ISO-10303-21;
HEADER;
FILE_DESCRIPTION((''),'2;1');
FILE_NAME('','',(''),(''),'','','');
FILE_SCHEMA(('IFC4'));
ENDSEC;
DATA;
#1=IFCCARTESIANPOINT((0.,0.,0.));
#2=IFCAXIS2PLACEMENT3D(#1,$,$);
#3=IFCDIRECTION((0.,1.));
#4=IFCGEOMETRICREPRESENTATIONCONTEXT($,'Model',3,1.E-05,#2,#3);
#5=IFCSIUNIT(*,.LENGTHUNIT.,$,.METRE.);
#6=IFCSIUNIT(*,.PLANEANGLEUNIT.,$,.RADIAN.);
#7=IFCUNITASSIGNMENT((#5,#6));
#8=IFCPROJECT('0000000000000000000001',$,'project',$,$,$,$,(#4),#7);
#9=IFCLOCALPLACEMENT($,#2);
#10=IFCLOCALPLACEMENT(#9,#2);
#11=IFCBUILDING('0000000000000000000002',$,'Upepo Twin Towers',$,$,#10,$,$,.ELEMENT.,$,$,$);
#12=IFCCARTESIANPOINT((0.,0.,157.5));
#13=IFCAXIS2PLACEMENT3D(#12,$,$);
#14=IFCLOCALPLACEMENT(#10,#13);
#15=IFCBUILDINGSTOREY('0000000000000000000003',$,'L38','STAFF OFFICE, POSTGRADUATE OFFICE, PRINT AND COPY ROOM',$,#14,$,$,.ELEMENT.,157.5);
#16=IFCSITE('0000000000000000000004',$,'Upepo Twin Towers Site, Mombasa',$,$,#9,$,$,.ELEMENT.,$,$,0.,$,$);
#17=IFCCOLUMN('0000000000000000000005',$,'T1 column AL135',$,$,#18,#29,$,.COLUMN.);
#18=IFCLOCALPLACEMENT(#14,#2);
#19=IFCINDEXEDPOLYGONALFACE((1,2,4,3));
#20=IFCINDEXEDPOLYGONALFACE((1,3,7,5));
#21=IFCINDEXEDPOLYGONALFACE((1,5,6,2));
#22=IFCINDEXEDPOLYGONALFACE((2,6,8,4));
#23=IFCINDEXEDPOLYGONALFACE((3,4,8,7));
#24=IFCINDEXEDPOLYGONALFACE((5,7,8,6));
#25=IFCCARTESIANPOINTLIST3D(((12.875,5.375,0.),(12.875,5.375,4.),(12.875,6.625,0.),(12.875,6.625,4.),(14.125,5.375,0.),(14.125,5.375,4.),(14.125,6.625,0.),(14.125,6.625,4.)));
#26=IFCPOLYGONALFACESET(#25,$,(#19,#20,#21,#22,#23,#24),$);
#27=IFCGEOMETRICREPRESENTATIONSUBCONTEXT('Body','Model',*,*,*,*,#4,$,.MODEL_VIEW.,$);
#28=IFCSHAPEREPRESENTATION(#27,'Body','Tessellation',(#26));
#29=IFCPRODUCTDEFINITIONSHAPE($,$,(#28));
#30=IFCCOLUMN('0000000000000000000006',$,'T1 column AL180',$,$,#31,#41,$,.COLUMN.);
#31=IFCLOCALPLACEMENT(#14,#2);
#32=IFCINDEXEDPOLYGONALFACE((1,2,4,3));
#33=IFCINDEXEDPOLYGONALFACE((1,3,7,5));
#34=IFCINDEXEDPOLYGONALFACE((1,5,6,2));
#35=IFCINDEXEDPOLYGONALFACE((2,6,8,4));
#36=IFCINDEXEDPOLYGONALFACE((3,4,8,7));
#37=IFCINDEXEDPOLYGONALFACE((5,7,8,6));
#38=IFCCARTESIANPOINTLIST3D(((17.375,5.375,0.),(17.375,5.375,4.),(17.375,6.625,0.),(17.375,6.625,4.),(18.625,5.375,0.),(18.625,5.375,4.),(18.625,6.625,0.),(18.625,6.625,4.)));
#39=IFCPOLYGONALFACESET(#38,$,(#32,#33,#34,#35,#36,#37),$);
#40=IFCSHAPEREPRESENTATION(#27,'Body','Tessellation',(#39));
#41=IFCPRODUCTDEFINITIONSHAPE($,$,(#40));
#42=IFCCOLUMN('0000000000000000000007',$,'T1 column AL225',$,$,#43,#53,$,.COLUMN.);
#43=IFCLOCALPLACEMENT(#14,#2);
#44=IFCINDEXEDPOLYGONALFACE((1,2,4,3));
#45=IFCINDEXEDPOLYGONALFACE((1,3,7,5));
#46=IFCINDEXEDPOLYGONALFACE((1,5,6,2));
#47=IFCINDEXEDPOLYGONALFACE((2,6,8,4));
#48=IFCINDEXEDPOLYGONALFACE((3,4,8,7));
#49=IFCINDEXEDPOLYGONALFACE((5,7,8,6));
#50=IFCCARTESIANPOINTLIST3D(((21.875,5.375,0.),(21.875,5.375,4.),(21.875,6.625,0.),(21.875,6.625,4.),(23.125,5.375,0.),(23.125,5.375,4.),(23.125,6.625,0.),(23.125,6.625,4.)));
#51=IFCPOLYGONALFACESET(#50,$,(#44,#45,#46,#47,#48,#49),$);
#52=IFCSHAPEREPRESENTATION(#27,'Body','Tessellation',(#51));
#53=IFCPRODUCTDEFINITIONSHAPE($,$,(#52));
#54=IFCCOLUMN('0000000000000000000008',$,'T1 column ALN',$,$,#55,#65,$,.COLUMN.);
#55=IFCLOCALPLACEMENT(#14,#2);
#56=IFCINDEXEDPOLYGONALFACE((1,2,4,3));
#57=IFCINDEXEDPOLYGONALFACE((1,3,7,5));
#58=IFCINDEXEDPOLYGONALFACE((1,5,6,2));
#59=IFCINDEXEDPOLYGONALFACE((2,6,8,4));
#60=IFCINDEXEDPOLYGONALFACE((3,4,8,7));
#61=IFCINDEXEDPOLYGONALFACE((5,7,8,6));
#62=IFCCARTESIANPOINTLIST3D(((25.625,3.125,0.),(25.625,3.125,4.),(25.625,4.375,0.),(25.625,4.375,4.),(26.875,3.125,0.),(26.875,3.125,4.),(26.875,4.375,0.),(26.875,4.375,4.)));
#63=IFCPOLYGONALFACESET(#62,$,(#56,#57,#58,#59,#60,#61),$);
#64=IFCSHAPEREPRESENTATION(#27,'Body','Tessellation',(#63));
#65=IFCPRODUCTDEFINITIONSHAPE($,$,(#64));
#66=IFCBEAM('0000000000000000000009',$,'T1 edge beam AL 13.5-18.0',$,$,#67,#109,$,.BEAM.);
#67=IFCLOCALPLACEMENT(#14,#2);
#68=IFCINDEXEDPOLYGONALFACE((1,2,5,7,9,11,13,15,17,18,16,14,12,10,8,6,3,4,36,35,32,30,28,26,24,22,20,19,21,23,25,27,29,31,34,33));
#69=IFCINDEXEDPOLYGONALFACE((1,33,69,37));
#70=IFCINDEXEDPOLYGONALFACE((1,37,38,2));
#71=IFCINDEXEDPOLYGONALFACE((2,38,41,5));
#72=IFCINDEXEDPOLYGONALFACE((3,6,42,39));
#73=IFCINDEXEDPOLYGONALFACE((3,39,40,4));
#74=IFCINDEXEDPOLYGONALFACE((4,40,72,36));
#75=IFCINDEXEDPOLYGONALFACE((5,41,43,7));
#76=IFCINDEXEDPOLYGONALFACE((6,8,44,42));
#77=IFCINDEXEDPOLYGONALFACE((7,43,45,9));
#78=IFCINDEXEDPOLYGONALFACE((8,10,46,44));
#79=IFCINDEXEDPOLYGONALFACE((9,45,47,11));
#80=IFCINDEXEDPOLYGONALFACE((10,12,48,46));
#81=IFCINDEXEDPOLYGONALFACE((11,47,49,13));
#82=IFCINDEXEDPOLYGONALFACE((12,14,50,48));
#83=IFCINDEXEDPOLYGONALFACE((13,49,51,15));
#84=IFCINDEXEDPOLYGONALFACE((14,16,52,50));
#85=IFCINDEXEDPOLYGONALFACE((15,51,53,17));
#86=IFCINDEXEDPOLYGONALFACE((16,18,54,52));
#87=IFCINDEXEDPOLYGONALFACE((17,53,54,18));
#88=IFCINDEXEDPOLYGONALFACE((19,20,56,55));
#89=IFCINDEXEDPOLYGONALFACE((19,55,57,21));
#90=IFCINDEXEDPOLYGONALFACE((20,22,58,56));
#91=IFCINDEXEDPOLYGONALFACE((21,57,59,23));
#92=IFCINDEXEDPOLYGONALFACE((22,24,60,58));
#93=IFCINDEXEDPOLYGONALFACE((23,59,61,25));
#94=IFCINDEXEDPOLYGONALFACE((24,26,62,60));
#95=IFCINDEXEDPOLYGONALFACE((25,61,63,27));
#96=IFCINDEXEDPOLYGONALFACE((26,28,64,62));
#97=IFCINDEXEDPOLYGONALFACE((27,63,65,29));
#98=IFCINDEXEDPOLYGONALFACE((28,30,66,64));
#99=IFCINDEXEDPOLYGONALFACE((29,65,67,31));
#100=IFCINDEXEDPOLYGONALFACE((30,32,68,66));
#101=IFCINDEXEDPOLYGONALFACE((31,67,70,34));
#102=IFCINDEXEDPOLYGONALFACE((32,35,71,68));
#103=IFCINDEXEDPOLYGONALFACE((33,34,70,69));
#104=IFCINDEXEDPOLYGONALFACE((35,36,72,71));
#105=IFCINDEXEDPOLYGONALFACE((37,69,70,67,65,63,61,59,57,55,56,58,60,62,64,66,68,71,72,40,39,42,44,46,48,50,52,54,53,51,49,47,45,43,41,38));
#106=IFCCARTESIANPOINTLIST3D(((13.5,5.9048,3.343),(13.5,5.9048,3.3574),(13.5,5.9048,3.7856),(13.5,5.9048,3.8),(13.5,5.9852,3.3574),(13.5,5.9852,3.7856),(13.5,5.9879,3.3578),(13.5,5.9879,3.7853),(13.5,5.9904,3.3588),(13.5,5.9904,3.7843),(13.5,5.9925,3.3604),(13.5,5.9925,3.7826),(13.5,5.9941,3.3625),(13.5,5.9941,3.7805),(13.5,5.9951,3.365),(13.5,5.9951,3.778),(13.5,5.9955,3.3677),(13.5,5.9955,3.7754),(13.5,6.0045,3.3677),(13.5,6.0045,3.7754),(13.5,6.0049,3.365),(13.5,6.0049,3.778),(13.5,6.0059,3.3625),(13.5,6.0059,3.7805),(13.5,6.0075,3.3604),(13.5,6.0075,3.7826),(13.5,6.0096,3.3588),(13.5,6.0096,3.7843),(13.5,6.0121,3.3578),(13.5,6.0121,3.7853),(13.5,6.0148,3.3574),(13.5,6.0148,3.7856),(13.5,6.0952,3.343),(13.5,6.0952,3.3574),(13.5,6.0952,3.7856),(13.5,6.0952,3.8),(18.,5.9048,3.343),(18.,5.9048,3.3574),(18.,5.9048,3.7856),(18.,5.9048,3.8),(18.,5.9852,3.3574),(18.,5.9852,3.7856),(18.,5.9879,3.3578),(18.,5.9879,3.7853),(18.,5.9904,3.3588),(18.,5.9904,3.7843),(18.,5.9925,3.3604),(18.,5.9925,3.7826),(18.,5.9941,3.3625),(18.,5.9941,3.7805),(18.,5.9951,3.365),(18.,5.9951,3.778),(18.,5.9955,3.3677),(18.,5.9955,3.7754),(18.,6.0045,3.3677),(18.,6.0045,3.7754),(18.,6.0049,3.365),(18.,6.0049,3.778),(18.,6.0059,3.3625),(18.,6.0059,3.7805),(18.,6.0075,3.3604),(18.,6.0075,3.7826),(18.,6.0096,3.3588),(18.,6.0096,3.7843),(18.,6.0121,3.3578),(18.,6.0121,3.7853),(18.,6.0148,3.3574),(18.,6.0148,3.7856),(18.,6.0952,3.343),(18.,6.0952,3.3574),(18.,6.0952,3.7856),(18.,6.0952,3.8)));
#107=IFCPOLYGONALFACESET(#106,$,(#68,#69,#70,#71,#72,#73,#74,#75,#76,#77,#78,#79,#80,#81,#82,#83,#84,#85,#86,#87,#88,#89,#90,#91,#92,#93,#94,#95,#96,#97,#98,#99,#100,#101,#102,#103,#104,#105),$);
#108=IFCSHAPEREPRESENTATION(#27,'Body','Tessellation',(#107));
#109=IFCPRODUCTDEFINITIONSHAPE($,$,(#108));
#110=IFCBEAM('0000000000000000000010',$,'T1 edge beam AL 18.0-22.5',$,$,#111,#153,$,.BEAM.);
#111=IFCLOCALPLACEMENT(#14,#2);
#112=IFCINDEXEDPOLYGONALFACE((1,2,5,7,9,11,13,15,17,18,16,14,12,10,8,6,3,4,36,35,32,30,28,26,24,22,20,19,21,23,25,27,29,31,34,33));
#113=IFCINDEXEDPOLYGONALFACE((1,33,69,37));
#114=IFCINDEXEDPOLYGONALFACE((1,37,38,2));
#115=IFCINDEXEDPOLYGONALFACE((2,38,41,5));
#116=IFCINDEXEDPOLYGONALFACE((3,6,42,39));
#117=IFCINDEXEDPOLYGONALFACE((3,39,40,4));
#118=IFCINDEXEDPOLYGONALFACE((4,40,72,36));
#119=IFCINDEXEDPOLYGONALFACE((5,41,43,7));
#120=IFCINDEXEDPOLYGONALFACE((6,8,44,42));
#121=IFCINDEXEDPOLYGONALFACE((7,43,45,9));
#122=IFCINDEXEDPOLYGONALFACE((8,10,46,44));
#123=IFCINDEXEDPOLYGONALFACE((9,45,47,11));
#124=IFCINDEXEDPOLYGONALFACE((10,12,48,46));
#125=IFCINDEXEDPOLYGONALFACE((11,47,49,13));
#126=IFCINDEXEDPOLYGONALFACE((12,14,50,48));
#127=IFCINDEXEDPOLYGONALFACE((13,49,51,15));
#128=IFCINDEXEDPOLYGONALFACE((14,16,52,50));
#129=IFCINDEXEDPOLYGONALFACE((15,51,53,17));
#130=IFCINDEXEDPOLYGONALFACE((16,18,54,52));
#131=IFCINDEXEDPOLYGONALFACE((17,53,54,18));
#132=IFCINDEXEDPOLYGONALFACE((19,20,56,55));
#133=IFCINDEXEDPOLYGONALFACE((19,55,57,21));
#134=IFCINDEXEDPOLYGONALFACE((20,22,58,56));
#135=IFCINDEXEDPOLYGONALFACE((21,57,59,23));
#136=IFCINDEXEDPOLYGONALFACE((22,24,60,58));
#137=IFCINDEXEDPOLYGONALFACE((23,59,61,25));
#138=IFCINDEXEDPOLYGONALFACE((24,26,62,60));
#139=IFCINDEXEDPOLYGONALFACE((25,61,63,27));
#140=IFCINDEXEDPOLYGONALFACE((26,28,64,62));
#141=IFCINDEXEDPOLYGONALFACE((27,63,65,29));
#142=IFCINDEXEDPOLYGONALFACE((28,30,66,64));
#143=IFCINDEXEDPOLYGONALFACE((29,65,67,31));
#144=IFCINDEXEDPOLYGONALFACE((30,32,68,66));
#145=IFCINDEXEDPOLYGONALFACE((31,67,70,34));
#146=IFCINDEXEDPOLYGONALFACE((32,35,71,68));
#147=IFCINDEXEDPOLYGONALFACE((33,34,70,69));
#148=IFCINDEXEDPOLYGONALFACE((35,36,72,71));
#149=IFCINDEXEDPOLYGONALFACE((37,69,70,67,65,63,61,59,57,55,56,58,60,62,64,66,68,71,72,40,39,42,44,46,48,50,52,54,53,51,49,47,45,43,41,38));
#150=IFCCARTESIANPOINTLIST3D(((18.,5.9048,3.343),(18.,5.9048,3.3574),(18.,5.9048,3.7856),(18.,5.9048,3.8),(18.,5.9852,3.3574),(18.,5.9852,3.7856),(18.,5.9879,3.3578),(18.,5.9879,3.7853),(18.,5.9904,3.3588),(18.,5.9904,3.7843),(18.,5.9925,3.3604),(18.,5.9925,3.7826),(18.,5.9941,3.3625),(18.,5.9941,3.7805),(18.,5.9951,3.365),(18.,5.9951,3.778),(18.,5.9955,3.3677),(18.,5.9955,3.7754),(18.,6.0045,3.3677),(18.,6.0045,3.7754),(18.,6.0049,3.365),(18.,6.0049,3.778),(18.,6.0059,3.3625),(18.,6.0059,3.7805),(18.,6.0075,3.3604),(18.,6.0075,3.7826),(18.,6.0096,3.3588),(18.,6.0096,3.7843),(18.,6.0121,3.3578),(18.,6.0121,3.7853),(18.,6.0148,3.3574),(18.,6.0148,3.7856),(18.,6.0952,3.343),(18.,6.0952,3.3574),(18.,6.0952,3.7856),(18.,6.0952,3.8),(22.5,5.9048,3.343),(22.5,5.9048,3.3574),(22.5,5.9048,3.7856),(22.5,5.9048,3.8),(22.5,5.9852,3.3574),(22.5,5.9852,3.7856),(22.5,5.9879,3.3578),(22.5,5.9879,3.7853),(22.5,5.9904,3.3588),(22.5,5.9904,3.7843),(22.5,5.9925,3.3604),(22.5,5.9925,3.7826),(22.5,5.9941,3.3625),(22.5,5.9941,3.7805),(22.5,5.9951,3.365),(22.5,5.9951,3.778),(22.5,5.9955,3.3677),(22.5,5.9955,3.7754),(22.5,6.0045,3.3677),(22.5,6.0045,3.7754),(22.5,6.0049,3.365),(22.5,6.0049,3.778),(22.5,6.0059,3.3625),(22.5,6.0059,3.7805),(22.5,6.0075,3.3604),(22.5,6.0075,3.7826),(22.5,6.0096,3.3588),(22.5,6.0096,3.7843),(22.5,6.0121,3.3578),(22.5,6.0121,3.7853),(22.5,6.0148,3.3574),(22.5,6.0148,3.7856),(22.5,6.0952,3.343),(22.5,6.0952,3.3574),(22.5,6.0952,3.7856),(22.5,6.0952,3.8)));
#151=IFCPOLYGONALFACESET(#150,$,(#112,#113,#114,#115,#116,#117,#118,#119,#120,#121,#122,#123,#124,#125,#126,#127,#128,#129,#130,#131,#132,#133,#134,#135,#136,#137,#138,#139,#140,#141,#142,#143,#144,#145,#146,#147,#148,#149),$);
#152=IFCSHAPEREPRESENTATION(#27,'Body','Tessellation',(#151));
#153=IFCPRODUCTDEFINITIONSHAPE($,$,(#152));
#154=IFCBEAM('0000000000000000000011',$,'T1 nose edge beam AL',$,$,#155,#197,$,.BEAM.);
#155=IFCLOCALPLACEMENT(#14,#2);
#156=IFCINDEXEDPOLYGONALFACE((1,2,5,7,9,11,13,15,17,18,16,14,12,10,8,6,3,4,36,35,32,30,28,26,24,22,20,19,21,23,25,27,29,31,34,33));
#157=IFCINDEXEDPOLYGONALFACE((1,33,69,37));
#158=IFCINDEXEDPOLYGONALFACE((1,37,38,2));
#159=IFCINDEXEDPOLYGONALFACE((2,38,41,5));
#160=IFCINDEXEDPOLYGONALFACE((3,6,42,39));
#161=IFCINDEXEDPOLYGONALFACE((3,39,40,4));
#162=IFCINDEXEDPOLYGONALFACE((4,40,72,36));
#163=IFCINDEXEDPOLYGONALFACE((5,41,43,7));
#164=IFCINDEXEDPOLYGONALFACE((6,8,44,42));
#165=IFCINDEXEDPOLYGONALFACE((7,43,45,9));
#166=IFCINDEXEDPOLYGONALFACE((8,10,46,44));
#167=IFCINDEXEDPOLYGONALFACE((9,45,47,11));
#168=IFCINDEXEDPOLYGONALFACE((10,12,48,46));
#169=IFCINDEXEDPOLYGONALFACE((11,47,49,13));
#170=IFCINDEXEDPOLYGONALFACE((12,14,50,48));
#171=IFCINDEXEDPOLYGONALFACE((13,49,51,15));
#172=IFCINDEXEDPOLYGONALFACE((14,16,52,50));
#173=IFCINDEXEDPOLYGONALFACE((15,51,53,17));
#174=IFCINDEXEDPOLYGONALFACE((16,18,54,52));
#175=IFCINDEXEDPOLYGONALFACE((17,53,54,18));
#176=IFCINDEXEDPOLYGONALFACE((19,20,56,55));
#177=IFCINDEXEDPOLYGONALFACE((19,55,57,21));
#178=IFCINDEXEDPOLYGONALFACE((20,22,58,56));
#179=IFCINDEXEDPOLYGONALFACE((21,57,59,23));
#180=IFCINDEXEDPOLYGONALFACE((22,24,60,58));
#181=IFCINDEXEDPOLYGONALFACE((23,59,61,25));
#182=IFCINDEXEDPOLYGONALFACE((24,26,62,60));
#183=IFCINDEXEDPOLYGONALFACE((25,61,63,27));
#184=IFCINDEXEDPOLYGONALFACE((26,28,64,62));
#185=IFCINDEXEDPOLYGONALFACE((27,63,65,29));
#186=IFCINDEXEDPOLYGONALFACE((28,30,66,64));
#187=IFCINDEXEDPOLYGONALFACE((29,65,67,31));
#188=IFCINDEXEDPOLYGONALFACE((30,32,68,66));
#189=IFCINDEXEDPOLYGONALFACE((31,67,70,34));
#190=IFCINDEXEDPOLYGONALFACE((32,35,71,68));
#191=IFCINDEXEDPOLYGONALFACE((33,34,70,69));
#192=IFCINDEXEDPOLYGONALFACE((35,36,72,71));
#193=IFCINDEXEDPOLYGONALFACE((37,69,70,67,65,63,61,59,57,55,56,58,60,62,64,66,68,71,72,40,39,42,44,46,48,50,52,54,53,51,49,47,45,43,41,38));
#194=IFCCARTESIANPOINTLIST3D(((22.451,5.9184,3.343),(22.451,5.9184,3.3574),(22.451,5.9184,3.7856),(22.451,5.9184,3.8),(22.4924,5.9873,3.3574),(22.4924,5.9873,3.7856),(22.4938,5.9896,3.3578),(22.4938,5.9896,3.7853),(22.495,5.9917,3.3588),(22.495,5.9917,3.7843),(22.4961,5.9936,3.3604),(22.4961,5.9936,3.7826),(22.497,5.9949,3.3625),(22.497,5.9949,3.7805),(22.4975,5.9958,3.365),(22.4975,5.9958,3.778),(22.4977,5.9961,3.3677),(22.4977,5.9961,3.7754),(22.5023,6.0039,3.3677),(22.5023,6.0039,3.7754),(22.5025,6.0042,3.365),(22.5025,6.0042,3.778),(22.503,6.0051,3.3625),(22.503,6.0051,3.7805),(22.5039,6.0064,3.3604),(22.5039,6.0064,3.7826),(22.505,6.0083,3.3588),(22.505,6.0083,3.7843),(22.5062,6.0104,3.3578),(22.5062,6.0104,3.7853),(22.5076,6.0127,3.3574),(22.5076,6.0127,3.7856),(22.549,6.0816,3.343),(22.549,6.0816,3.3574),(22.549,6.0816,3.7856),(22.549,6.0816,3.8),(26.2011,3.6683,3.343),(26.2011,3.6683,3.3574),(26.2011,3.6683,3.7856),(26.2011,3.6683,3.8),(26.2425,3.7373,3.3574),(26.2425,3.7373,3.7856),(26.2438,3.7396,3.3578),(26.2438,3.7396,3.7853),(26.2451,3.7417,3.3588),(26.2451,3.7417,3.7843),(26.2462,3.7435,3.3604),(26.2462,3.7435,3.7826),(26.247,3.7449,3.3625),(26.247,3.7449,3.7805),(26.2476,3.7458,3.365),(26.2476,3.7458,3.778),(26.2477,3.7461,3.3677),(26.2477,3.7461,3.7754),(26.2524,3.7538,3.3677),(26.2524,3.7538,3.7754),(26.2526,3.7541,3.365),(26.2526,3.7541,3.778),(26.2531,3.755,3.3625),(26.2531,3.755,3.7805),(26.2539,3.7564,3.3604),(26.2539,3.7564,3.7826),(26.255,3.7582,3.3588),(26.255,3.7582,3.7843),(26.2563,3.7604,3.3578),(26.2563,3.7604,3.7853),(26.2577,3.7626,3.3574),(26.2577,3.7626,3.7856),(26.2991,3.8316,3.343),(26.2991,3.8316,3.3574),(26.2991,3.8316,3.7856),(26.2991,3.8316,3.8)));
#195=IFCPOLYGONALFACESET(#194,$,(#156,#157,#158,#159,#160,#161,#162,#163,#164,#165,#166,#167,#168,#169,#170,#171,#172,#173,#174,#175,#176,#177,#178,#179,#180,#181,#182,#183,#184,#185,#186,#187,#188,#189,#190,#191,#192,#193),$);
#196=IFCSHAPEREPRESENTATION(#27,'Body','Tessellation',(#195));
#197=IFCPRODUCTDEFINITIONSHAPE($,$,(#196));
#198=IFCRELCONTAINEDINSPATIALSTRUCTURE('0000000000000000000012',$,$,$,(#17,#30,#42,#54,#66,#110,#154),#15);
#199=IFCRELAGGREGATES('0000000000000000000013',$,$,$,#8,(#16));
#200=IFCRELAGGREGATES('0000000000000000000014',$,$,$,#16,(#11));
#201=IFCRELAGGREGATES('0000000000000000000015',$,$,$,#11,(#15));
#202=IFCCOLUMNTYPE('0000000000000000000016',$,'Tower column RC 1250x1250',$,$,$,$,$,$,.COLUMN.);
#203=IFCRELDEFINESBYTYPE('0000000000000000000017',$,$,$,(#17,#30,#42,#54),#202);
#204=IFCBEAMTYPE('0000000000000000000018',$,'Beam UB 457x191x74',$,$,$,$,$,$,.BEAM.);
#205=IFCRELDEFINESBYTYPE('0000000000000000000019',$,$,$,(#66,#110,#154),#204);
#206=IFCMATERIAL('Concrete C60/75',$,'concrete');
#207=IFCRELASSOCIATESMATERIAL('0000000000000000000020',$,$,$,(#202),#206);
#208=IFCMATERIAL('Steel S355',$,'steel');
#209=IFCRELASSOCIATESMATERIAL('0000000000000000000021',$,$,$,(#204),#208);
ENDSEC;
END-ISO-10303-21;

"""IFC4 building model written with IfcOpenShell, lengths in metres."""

from ifc_helpers import new_model, si_unit, direction, frame, origin, origin_2d, place, context, subcontext, project, spatial, rectangle, i_section, extrude, material, material_profile, profile_set, type_object, element, save


model = new_model("IFC4")

# Units and contexts
model_context = context("Model", 3, precision=1e-05, world=origin(), true_north=direction((0.0, 1.0)))
body_context = subcontext(model_context, "Body", "Model", "MODEL_VIEW")
ifc_project = project(units=[si_unit("LENGTHUNIT", "METRE"), si_unit("PLANEANGLEUNIT", "RADIAN")], contexts=[model_context])

# Site, building, storey
site_placement = place(None, origin())
site = spatial("IfcSite", under=ifc_project, at=site_placement, Name="Upepo Twin Towers Site, Mombasa", CompositionType="ELEMENT", RefElevation=0.0)
building_placement = place(site_placement, origin())
building = spatial("IfcBuilding", under=site, at=building_placement, Name="Upepo Twin Towers", CompositionType="ELEMENT")
storey_placement = place(building_placement, frame((0.0, 0.0, 157.5)))
storey = spatial("IfcBuildingStorey", under=building, at=storey_placement, Name="L38", Description="STAFF OFFICE, POSTGRADUATE OFFICE, PRINT AND COPY ROOM", CompositionType="ELEMENT", Elevation=157.5)

# Columns
ifc_material_1 = material(Name="Concrete C60/75", Category="concrete")
ifc_material_profile_1 = material_profile(ifc_material_1, rectangle(XDim=1.25, YDim=1.25, at=origin_2d()), Name="RC 1250x1250")
ifc_profile_set_1 = profile_set([ifc_material_profile_1], Name="Concrete C60/75")
column_type = type_object("IfcColumnType", Name="Tower column RC 1250x1250", PredefinedType="COLUMN", material=ifc_profile_set_1)
for number, where, z_axis, x_axis, name in (
    (1, (13.5, 6.0, 0.0), (0.0, 0.0, 1.0), (1.0, 0.0, 0.0), "T1 column AL135"),
    (2, (18.0, 6.0, 0.0), (0.0, 0.0, 1.0), (1.0, 0.0, 0.0), "T1 column AL180"),
    (3, (22.5, 6.0, 0.0), (0.0, 0.0, 1.0), (1.0, 0.0, 0.0), "T1 column AL225"),
    (4, (26.25, 3.75, 0.0), (0.0, 0.0, 1.0), (1.0, 0.0, 0.0), "T1 column ALN"),
):
    element("IfcColumn", number, at=place(storey_placement, frame(where, z_axis=z_axis, x_axis=x_axis)), inside=storey, type_object=column_type, Name=name, PredefinedType="COLUMN", context=body_context, shape_type="SweptSolid", body=[
        extrude(rectangle(XDim=1.25, YDim=1.25, at=origin_2d()), origin(), (0.0, 0.0, 1.0), 4.0),
    ])

# Beams
ifc_material_2 = material(Name="Steel S355", Category="steel")
ifc_material_profile_2 = material_profile(ifc_material_2, i_section(OverallWidth=0.1904, OverallDepth=0.457, WebThickness=0.009, FlangeThickness=0.0144, FilletRadius=0.0103, at=origin_2d()), Name="UB 457x191x74")
ifc_profile_set_2 = profile_set([ifc_material_profile_2], Name="Steel S355")
beam_type_1 = type_object("IfcBeamType", Name="Beam UB 457x191x74", PredefinedType="BEAM", material=ifc_profile_set_2)
for number, where, z_axis, x_axis, name in (
    (5, (13.5, 6.0, 3.5715), (1.0, 0.0, 0.0), (0.0, 1.0, 0.0), "T1 edge beam AL 13.5-18.0"),
    (6, (18.0, 6.0, 3.5715), (1.0, 0.0, 0.0), (0.0, 1.0, 0.0), "T1 edge beam AL 18.0-22.5"),
):
    element("IfcBeam", number, at=place(storey_placement, frame(where, z_axis=z_axis, x_axis=x_axis)), inside=storey, type_object=beam_type_1, Name=name, PredefinedType="BEAM", context=body_context, shape_type="SweptSolid", body=[
        extrude(i_section(OverallWidth=0.1904, OverallDepth=0.457, WebThickness=0.009, FlangeThickness=0.0144, FilletRadius=0.0103, at=origin_2d()), origin(), (0.0, 0.0, 1.0), 4.5),
    ])
beam_1_placement = place(storey_placement, frame((22.5, 6.0, 3.5715), z_axis=(0.857493, -0.514496, 0.0), x_axis=(0.514496, 0.857493, 0.0)))
element("IfcBeam", 7, at=beam_1_placement, inside=storey, type_object=beam_type_1, Name="T1 nose edge beam AL", PredefinedType="BEAM", context=body_context, shape_type="SweptSolid", body=[
    extrude(i_section(OverallWidth=0.1904, OverallDepth=0.457, WebThickness=0.009, FlangeThickness=0.0144, FilletRadius=0.0103, at=origin_2d()), origin(), (0.0, 0.0, 1.0), 4.3733),
])

save(model, "model.ifc")
